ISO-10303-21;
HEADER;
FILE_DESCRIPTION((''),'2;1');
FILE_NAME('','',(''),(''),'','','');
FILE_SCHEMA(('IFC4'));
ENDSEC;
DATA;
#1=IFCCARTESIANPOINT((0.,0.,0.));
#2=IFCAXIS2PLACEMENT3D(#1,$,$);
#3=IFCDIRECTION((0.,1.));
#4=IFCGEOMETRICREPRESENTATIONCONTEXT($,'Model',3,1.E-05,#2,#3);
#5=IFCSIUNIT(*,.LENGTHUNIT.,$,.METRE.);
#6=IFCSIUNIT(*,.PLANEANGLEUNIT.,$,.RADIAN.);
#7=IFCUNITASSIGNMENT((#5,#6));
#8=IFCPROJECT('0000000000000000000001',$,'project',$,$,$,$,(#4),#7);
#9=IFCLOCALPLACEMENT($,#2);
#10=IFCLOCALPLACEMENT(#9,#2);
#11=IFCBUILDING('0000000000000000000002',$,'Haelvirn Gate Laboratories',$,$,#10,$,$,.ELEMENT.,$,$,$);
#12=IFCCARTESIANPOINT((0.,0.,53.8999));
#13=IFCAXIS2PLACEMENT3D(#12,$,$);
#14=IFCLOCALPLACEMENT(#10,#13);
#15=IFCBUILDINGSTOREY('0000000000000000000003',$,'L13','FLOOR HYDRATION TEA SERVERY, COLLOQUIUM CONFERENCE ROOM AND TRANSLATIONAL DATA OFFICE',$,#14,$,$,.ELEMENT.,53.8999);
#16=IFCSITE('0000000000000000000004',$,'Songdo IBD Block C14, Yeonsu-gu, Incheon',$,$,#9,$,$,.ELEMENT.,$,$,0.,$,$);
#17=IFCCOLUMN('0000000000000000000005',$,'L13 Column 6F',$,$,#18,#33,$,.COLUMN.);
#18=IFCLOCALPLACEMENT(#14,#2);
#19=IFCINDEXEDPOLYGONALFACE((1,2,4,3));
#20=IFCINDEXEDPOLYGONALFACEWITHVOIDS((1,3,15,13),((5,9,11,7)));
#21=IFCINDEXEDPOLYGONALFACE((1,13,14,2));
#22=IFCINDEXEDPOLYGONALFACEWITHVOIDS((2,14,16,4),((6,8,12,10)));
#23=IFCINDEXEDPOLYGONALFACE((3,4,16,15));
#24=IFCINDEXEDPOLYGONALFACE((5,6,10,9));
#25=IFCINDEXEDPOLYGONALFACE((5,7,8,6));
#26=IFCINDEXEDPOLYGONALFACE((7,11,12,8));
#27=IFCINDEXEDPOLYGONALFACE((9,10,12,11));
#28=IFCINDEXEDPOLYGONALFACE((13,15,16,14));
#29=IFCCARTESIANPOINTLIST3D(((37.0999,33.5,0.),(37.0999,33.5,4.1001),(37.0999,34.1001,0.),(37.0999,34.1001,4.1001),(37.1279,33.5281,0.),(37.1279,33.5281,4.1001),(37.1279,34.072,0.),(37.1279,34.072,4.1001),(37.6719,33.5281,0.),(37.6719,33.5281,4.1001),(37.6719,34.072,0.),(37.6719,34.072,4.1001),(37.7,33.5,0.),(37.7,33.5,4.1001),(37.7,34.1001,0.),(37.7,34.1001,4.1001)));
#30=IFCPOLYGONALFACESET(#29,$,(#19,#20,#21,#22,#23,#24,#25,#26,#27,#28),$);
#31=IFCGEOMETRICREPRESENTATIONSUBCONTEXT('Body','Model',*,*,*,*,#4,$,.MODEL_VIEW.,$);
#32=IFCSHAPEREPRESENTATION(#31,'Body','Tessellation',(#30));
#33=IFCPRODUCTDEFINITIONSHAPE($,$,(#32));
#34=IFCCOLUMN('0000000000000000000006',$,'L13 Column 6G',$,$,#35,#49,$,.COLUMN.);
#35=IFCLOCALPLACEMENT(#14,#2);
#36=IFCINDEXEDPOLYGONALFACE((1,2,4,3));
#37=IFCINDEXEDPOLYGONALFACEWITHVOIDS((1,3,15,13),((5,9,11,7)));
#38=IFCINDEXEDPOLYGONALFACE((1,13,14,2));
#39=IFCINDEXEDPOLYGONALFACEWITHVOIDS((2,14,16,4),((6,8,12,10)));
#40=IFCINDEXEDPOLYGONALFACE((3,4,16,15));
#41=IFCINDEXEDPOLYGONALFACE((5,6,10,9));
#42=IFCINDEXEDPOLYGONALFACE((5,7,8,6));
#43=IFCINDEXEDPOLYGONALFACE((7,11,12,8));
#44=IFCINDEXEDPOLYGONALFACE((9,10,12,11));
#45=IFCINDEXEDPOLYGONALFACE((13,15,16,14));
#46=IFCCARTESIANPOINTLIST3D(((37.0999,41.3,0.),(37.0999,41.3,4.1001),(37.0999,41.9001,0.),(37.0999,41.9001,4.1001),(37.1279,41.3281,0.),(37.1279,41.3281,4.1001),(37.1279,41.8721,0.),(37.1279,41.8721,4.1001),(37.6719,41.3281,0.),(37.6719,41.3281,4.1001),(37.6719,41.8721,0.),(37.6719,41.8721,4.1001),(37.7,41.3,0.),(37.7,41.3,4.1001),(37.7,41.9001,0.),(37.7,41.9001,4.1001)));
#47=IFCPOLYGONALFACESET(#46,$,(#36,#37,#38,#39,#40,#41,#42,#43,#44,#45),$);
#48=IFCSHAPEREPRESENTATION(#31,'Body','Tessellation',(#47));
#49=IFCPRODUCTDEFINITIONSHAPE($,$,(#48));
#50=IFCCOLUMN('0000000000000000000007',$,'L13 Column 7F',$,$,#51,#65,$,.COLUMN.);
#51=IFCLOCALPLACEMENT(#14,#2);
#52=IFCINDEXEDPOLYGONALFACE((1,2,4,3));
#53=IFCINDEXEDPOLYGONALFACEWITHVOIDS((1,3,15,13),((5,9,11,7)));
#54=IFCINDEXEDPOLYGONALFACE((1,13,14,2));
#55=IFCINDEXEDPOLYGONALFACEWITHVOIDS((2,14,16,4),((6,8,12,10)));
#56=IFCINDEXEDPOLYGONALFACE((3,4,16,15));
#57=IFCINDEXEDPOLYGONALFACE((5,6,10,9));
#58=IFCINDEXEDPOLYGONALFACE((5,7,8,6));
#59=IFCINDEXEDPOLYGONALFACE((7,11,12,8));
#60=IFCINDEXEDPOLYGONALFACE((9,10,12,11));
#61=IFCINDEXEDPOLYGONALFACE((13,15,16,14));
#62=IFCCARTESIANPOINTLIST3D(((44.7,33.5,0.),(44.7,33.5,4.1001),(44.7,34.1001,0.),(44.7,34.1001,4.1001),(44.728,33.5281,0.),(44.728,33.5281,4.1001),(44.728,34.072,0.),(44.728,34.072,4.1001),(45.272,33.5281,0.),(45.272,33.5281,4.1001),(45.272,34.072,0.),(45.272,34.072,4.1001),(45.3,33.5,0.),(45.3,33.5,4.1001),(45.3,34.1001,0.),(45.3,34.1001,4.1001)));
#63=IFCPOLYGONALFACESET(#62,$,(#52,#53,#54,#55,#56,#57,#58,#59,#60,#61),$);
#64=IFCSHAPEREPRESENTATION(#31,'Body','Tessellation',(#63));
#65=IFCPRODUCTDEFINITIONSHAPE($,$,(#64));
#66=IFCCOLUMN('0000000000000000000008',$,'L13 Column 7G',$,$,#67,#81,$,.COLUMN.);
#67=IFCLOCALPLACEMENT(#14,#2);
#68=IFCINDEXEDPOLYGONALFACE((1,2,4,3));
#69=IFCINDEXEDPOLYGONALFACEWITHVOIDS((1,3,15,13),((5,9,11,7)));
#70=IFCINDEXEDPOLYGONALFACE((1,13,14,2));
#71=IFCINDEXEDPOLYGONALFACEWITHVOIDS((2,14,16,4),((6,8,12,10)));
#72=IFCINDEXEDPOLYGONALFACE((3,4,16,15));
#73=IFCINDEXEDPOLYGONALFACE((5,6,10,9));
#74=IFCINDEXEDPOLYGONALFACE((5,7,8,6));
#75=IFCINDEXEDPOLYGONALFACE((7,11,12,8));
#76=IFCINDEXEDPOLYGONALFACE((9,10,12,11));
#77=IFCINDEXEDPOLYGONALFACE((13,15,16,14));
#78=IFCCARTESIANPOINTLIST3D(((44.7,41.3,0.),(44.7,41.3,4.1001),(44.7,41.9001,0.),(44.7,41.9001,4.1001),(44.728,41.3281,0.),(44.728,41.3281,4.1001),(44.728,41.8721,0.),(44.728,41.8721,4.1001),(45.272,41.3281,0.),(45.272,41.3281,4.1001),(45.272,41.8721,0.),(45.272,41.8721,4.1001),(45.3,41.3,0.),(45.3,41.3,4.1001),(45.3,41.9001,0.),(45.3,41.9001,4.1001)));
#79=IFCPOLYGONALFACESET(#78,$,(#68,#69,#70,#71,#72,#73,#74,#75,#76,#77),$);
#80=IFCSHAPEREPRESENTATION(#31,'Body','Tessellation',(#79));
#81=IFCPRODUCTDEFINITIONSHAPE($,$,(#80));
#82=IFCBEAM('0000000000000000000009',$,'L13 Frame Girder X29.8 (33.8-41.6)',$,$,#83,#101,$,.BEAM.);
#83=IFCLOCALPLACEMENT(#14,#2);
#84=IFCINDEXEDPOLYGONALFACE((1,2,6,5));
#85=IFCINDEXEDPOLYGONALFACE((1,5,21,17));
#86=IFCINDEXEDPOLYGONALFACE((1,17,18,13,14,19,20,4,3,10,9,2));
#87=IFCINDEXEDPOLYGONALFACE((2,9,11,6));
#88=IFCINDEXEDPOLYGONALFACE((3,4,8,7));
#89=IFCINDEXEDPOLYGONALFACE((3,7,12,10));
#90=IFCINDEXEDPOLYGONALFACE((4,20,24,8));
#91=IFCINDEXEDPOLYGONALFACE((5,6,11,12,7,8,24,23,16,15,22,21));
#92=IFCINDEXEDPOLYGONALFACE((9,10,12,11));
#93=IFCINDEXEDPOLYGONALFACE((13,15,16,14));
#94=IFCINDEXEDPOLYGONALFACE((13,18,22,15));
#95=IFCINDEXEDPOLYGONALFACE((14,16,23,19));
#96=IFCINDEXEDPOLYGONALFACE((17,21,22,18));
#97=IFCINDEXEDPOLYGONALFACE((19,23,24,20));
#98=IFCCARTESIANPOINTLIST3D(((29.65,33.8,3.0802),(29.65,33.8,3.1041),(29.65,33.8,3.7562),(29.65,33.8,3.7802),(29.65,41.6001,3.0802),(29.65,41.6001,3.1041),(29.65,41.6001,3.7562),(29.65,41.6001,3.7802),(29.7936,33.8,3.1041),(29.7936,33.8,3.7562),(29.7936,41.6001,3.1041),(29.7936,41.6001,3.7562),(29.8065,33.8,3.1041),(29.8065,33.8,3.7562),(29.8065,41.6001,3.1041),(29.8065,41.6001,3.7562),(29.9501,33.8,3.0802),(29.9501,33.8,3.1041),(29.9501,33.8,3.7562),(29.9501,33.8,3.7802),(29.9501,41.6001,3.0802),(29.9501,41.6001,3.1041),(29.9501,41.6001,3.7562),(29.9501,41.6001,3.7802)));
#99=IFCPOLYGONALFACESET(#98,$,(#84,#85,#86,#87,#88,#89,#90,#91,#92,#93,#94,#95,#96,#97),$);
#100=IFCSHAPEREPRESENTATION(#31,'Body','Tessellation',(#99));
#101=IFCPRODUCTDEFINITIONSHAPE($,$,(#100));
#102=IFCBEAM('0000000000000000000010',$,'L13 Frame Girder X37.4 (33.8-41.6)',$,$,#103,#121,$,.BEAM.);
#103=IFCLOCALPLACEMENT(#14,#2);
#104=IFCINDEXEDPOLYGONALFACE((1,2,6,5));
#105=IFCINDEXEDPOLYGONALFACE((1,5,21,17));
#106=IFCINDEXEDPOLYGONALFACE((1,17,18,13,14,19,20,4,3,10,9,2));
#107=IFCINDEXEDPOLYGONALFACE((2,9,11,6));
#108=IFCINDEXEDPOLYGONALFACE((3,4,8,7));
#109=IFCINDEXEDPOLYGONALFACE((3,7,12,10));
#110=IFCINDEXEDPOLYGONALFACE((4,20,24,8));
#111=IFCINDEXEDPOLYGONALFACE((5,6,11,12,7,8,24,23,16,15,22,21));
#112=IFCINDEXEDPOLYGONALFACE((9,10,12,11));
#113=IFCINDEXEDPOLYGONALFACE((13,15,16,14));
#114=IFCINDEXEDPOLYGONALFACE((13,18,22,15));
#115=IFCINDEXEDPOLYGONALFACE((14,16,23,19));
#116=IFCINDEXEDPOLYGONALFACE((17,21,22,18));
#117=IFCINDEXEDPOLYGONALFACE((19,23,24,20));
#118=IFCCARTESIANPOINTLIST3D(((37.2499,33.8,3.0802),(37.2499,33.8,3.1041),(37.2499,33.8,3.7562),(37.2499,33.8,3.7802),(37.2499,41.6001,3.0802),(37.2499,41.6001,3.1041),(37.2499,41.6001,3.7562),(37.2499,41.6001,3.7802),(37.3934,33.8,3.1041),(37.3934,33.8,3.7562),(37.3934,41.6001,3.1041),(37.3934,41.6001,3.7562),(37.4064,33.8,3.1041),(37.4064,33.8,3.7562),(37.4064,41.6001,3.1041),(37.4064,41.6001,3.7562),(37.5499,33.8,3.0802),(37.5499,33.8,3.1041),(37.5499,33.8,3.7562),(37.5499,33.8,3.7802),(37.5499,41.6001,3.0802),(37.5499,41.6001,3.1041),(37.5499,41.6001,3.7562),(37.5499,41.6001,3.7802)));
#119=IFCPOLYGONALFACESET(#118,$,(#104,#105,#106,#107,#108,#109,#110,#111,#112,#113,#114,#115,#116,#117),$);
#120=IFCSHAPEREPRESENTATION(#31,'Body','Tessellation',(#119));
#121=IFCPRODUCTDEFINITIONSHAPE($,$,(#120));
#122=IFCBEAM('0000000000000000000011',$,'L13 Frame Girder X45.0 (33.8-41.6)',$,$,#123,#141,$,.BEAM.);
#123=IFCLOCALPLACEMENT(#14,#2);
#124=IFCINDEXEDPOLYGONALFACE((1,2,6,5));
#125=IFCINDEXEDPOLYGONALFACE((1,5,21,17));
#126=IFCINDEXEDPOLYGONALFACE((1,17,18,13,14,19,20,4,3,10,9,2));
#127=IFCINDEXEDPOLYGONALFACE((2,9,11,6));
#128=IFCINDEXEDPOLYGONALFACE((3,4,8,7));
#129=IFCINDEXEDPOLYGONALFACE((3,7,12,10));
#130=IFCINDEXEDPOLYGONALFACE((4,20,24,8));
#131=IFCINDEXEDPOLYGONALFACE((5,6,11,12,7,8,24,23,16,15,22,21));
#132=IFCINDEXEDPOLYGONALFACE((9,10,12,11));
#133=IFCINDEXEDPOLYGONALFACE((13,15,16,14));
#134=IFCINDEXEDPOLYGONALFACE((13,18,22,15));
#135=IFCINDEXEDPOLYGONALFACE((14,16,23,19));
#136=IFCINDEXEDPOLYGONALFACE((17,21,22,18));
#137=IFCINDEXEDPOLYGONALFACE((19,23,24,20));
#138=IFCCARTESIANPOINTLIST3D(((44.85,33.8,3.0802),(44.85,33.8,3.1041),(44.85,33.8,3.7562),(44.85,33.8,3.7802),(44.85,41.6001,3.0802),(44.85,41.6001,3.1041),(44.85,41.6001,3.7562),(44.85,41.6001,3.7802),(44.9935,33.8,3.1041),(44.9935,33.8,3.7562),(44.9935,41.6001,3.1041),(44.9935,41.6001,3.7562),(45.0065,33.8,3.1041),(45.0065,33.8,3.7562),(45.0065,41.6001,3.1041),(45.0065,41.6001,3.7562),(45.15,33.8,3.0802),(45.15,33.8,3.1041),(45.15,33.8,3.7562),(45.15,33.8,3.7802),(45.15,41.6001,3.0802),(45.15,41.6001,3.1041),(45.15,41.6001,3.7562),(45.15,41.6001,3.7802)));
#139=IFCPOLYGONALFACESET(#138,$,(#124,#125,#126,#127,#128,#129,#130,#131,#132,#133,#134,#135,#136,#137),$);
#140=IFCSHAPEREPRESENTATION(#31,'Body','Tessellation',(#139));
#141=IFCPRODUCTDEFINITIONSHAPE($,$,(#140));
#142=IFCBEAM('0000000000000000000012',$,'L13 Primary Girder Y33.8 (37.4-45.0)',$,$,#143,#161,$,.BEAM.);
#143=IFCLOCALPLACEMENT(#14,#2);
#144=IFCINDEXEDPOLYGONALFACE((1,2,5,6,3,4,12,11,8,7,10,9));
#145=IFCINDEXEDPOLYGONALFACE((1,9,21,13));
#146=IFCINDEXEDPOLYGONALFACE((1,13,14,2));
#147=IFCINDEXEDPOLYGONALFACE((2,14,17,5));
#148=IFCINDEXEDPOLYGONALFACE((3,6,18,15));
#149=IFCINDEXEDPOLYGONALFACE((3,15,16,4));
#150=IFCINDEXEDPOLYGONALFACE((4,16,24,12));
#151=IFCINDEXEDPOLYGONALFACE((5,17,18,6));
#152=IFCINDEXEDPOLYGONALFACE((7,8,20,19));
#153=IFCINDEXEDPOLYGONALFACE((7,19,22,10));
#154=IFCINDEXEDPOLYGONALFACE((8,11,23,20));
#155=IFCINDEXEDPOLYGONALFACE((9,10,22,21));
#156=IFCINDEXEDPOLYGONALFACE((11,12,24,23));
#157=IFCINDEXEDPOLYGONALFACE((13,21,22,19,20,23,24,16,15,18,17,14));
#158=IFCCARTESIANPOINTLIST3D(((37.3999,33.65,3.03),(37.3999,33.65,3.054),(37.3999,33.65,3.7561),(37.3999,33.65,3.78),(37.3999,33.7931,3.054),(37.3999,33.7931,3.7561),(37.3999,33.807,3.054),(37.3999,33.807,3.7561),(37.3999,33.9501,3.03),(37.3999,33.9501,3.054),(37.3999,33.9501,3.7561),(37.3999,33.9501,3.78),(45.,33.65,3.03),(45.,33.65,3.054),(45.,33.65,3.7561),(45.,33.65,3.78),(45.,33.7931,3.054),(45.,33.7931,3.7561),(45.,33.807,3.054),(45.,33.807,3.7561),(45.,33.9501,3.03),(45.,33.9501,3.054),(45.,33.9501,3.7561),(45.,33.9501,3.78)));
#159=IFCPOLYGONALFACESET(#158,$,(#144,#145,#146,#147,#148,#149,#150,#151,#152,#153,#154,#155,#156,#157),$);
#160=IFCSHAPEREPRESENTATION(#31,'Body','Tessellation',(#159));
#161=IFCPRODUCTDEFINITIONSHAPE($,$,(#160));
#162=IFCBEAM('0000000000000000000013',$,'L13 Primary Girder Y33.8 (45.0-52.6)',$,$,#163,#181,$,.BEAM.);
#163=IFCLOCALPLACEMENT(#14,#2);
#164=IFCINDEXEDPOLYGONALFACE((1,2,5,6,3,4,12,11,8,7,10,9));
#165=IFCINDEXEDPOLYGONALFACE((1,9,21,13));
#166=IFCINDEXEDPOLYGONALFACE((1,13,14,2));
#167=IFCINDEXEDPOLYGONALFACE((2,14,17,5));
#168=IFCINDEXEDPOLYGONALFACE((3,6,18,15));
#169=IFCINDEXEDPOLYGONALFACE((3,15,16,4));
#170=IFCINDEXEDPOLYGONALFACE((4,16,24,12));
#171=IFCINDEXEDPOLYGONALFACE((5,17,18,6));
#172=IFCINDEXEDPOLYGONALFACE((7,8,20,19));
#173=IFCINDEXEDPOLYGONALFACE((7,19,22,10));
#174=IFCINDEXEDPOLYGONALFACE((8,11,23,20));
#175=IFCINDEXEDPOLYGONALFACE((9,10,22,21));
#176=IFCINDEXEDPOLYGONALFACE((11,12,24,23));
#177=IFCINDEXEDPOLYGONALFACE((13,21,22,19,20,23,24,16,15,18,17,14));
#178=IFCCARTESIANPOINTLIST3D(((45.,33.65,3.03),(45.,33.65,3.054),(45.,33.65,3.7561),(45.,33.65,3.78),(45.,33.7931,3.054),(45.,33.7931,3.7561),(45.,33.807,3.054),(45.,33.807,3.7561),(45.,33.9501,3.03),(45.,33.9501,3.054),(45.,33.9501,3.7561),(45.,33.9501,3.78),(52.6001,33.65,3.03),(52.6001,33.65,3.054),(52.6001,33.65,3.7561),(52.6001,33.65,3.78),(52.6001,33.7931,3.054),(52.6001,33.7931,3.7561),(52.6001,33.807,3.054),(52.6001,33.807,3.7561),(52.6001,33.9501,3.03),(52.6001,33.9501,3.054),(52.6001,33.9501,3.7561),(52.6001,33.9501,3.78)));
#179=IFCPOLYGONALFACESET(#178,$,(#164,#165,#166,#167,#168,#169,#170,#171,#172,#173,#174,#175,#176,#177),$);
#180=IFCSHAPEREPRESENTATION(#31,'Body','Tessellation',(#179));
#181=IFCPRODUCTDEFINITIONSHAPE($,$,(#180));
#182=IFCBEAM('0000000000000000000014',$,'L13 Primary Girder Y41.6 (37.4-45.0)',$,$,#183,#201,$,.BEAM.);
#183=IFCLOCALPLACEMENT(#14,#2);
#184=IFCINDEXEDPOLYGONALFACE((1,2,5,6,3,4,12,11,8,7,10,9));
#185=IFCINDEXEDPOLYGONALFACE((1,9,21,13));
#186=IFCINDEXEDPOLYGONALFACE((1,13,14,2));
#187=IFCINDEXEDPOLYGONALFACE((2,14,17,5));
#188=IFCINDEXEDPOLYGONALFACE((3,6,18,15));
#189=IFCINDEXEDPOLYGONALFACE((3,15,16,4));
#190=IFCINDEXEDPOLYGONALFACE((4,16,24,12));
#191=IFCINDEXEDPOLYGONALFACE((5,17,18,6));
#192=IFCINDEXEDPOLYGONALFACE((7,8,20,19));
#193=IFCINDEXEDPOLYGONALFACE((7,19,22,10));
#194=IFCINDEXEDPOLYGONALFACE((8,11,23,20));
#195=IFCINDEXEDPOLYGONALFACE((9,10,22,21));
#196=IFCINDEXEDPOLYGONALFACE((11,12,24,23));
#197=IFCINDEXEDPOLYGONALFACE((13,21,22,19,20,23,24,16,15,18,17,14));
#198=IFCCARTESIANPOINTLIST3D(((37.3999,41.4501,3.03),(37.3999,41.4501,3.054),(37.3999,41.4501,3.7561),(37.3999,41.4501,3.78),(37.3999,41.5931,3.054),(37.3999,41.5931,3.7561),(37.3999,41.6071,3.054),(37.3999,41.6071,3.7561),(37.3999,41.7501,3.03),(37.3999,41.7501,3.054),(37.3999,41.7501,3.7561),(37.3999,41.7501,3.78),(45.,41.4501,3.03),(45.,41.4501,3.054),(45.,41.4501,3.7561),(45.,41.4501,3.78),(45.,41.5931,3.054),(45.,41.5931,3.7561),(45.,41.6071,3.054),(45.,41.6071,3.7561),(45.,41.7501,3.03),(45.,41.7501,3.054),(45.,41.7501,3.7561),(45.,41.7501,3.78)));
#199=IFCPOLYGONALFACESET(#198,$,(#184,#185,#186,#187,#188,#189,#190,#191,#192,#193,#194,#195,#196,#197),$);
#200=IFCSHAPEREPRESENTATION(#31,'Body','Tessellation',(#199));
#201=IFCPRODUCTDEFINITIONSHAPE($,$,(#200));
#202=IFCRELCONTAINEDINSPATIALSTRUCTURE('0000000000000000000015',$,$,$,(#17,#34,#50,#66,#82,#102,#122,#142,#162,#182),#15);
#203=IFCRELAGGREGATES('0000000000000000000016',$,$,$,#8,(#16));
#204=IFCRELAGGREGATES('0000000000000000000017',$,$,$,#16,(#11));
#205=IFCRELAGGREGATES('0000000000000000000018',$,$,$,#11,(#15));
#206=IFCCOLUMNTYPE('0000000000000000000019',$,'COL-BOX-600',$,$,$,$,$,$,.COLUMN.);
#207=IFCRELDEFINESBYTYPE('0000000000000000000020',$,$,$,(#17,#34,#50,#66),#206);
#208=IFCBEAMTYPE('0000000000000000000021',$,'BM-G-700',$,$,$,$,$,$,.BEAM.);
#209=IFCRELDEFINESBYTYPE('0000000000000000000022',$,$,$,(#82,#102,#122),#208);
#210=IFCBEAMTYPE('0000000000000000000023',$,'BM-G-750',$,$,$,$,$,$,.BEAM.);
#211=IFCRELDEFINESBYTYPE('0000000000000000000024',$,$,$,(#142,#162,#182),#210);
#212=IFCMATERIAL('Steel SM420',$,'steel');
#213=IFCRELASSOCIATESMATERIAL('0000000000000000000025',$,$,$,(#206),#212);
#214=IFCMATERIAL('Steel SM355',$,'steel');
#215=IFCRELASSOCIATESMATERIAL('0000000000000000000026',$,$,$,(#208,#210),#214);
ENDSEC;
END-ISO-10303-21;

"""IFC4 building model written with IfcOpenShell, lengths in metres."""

from ifc_helpers import new_model, si_unit, direction, frame, origin, origin_2d, place, context, subcontext, project, spatial, hollow_rectangle, i_section, extrude, source, transform, mapped, material, material_profile, profile_set, type_object, type_shapes, element, save


model = new_model("IFC4")

# Units and contexts
model_context = context("Model", 3, precision=1e-05, world=origin(), true_north=direction((0.0, 1.0)))
body_context = subcontext(model_context, "Body", "Model", "MODEL_VIEW")
ifc_project = project(units=[si_unit("LENGTHUNIT", "METRE"), si_unit("PLANEANGLEUNIT", "RADIAN")], contexts=[model_context])

# Site, building, storey
site_placement = place(None, origin())
site = spatial("IfcSite", under=ifc_project, at=site_placement, Name="Songdo IBD Block C14, Yeonsu-gu, Incheon", CompositionType="ELEMENT", RefElevation=0.0)
building_placement = place(site_placement, origin())
building = spatial("IfcBuilding", under=site, at=building_placement, Name="Haelvirn Gate Laboratories", CompositionType="ELEMENT")
storey_placement = place(building_placement, frame((0.0, 0.0, 53.8999)))
storey = spatial("IfcBuildingStorey", under=building, at=storey_placement, Name="L13", Description="FLOOR HYDRATION TEA SERVERY, COLLOQUIUM CONFERENCE ROOM AND TRANSLATIONAL DATA OFFICE", CompositionType="ELEMENT", Elevation=53.8999)

# Columns
ifc_material_1 = material(Name="Steel SM420", Category="steel")
ifc_material_profile_1 = material_profile(ifc_material_1, hollow_rectangle(XDim=0.6001, YDim=0.6001, WallThickness=0.0281, at=origin_2d()), Name="BOX-600x600x28")
ifc_profile_set_1 = profile_set([ifc_material_profile_1], Name="Steel SM420")
column_type = type_object("IfcColumnType", Name="COL-BOX-600", PredefinedType="COLUMN", material=ifc_profile_set_1)
shared_shape_1 = source(origin(), body_context, "Body", "SweptSolid", [
    extrude(hollow_rectangle(XDim=0.6001, YDim=0.6001, WallThickness=0.0281, at=origin_2d()), origin(), (0.0, 0.0, 1.0), 4.1001),
])
type_shapes(column_type, [shared_shape_1])
for number, where, z_axis, x_axis, name in (
    (1, (37.3999, 33.8, 0.0), (0.0, 0.0, 1.0), (1.0, 0.0, 0.0), "L13 Column 6F"),
    (2, (37.3999, 41.6001, 0.0), (0.0, 0.0, 1.0), (1.0, 0.0, 0.0), "L13 Column 6G"),
    (3, (45.0, 33.8, 0.0), (0.0, 0.0, 1.0), (1.0, 0.0, 0.0), "L13 Column 7F"),
    (4, (45.0, 41.6001, 0.0), (0.0, 0.0, 1.0), (1.0, 0.0, 0.0), "L13 Column 7G"),
):
    element("IfcColumn", number, at=place(storey_placement, frame(where, z_axis=z_axis, x_axis=x_axis)), inside=storey, type_object=column_type, Name=name, PredefinedType="COLUMN", context=body_context, shape_type="MappedRepresentation", body=[
        mapped(shared_shape_1, transform((0.0, 0.0, 0.0), scale=1.0)),
    ])

# Beams
ifc_material_2 = material(Name="Steel SM355", Category="steel")
ifc_material_profile_2 = material_profile(ifc_material_2, i_section(OverallWidth=0.3, OverallDepth=0.7, WebThickness=0.0129, FlangeThickness=0.0239, at=origin_2d()), Name="H-700x300x13x24")
ifc_profile_set_2 = profile_set([ifc_material_profile_2], Name="Steel SM355")
beam_type_1 = type_object("IfcBeamType", Name="BM-G-700", PredefinedType="BEAM", material=ifc_profile_set_2)
shared_shape_2 = source(origin(), body_context, "Body", "SweptSolid", [
    extrude(i_section(OverallWidth=0.3, OverallDepth=0.7, WebThickness=0.0129, FlangeThickness=0.0239, at=origin_2d()), origin(), (0.0, 0.0, 1.0), 7.8),
])
type_shapes(beam_type_1, [shared_shape_2])
for number, where, z_axis, x_axis, name in (
    (5, (29.8, 33.8, 3.4302), (0.0, 1.0, 0.0), (-1.0, 0.0, 0.0), "L13 Frame Girder X29.8 (33.8-41.6)"),
    (6, (37.3999, 33.8, 3.4302), (0.0, 1.0, 0.0), (-1.0, 0.0, 0.0), "L13 Frame Girder X37.4 (33.8-41.6)"),
    (7, (45.0, 33.8, 3.4302), (0.0, 1.0, 0.0), (-1.0, 0.0, 0.0), "L13 Frame Girder X45.0 (33.8-41.6)"),
):
    element("IfcBeam", number, at=place(storey_placement, frame(where, z_axis=z_axis, x_axis=x_axis)), inside=storey, type_object=beam_type_1, Name=name, PredefinedType="BEAM", context=body_context, shape_type="MappedRepresentation", body=[
        mapped(shared_shape_2, transform((0.0, 0.0, 0.0), scale=1.0)),
    ])
ifc_material_profile_3 = material_profile(ifc_material_2, i_section(OverallWidth=0.3, OverallDepth=0.75, WebThickness=0.0139, FlangeThickness=0.0239, at=origin_2d()), Name="H-750x300x14x24")
ifc_profile_set_3 = profile_set([ifc_material_profile_3], Name="Steel SM355")
beam_type_2 = type_object("IfcBeamType", Name="BM-G-750", PredefinedType="BEAM", material=ifc_profile_set_3)
shared_shape_3 = source(origin(), body_context, "Body", "SweptSolid", [
    extrude(i_section(OverallWidth=0.3, OverallDepth=0.75, WebThickness=0.0139, FlangeThickness=0.0239, at=origin_2d()), origin(), (0.0, 0.0, 1.0), 7.6001),
])
type_shapes(beam_type_2, [shared_shape_3])
for number, where, z_axis, x_axis, name in (
    (8, (37.3999, 33.8, 3.405), (1.0, 0.0, 0.0), (0.0, 1.0, 0.0), "L13 Primary Girder Y33.8 (37.4-45.0)"),
    (9, (45.0, 33.8, 3.405), (1.0, 0.0, 0.0), (0.0, 1.0, 0.0), "L13 Primary Girder Y33.8 (45.0-52.6)"),
    (10, (37.3999, 41.6001, 3.405), (1.0, 0.0, 0.0), (0.0, 1.0, 0.0), "L13 Primary Girder Y41.6 (37.4-45.0)"),
):
    element("IfcBeam", number, at=place(storey_placement, frame(where, z_axis=z_axis, x_axis=x_axis)), inside=storey, type_object=beam_type_2, Name=name, PredefinedType="BEAM", context=body_context, shape_type="MappedRepresentation", body=[
        mapped(shared_shape_3, transform((0.0, 0.0, 0.0), scale=1.0)),
    ])

save(model, "model.ifc")
